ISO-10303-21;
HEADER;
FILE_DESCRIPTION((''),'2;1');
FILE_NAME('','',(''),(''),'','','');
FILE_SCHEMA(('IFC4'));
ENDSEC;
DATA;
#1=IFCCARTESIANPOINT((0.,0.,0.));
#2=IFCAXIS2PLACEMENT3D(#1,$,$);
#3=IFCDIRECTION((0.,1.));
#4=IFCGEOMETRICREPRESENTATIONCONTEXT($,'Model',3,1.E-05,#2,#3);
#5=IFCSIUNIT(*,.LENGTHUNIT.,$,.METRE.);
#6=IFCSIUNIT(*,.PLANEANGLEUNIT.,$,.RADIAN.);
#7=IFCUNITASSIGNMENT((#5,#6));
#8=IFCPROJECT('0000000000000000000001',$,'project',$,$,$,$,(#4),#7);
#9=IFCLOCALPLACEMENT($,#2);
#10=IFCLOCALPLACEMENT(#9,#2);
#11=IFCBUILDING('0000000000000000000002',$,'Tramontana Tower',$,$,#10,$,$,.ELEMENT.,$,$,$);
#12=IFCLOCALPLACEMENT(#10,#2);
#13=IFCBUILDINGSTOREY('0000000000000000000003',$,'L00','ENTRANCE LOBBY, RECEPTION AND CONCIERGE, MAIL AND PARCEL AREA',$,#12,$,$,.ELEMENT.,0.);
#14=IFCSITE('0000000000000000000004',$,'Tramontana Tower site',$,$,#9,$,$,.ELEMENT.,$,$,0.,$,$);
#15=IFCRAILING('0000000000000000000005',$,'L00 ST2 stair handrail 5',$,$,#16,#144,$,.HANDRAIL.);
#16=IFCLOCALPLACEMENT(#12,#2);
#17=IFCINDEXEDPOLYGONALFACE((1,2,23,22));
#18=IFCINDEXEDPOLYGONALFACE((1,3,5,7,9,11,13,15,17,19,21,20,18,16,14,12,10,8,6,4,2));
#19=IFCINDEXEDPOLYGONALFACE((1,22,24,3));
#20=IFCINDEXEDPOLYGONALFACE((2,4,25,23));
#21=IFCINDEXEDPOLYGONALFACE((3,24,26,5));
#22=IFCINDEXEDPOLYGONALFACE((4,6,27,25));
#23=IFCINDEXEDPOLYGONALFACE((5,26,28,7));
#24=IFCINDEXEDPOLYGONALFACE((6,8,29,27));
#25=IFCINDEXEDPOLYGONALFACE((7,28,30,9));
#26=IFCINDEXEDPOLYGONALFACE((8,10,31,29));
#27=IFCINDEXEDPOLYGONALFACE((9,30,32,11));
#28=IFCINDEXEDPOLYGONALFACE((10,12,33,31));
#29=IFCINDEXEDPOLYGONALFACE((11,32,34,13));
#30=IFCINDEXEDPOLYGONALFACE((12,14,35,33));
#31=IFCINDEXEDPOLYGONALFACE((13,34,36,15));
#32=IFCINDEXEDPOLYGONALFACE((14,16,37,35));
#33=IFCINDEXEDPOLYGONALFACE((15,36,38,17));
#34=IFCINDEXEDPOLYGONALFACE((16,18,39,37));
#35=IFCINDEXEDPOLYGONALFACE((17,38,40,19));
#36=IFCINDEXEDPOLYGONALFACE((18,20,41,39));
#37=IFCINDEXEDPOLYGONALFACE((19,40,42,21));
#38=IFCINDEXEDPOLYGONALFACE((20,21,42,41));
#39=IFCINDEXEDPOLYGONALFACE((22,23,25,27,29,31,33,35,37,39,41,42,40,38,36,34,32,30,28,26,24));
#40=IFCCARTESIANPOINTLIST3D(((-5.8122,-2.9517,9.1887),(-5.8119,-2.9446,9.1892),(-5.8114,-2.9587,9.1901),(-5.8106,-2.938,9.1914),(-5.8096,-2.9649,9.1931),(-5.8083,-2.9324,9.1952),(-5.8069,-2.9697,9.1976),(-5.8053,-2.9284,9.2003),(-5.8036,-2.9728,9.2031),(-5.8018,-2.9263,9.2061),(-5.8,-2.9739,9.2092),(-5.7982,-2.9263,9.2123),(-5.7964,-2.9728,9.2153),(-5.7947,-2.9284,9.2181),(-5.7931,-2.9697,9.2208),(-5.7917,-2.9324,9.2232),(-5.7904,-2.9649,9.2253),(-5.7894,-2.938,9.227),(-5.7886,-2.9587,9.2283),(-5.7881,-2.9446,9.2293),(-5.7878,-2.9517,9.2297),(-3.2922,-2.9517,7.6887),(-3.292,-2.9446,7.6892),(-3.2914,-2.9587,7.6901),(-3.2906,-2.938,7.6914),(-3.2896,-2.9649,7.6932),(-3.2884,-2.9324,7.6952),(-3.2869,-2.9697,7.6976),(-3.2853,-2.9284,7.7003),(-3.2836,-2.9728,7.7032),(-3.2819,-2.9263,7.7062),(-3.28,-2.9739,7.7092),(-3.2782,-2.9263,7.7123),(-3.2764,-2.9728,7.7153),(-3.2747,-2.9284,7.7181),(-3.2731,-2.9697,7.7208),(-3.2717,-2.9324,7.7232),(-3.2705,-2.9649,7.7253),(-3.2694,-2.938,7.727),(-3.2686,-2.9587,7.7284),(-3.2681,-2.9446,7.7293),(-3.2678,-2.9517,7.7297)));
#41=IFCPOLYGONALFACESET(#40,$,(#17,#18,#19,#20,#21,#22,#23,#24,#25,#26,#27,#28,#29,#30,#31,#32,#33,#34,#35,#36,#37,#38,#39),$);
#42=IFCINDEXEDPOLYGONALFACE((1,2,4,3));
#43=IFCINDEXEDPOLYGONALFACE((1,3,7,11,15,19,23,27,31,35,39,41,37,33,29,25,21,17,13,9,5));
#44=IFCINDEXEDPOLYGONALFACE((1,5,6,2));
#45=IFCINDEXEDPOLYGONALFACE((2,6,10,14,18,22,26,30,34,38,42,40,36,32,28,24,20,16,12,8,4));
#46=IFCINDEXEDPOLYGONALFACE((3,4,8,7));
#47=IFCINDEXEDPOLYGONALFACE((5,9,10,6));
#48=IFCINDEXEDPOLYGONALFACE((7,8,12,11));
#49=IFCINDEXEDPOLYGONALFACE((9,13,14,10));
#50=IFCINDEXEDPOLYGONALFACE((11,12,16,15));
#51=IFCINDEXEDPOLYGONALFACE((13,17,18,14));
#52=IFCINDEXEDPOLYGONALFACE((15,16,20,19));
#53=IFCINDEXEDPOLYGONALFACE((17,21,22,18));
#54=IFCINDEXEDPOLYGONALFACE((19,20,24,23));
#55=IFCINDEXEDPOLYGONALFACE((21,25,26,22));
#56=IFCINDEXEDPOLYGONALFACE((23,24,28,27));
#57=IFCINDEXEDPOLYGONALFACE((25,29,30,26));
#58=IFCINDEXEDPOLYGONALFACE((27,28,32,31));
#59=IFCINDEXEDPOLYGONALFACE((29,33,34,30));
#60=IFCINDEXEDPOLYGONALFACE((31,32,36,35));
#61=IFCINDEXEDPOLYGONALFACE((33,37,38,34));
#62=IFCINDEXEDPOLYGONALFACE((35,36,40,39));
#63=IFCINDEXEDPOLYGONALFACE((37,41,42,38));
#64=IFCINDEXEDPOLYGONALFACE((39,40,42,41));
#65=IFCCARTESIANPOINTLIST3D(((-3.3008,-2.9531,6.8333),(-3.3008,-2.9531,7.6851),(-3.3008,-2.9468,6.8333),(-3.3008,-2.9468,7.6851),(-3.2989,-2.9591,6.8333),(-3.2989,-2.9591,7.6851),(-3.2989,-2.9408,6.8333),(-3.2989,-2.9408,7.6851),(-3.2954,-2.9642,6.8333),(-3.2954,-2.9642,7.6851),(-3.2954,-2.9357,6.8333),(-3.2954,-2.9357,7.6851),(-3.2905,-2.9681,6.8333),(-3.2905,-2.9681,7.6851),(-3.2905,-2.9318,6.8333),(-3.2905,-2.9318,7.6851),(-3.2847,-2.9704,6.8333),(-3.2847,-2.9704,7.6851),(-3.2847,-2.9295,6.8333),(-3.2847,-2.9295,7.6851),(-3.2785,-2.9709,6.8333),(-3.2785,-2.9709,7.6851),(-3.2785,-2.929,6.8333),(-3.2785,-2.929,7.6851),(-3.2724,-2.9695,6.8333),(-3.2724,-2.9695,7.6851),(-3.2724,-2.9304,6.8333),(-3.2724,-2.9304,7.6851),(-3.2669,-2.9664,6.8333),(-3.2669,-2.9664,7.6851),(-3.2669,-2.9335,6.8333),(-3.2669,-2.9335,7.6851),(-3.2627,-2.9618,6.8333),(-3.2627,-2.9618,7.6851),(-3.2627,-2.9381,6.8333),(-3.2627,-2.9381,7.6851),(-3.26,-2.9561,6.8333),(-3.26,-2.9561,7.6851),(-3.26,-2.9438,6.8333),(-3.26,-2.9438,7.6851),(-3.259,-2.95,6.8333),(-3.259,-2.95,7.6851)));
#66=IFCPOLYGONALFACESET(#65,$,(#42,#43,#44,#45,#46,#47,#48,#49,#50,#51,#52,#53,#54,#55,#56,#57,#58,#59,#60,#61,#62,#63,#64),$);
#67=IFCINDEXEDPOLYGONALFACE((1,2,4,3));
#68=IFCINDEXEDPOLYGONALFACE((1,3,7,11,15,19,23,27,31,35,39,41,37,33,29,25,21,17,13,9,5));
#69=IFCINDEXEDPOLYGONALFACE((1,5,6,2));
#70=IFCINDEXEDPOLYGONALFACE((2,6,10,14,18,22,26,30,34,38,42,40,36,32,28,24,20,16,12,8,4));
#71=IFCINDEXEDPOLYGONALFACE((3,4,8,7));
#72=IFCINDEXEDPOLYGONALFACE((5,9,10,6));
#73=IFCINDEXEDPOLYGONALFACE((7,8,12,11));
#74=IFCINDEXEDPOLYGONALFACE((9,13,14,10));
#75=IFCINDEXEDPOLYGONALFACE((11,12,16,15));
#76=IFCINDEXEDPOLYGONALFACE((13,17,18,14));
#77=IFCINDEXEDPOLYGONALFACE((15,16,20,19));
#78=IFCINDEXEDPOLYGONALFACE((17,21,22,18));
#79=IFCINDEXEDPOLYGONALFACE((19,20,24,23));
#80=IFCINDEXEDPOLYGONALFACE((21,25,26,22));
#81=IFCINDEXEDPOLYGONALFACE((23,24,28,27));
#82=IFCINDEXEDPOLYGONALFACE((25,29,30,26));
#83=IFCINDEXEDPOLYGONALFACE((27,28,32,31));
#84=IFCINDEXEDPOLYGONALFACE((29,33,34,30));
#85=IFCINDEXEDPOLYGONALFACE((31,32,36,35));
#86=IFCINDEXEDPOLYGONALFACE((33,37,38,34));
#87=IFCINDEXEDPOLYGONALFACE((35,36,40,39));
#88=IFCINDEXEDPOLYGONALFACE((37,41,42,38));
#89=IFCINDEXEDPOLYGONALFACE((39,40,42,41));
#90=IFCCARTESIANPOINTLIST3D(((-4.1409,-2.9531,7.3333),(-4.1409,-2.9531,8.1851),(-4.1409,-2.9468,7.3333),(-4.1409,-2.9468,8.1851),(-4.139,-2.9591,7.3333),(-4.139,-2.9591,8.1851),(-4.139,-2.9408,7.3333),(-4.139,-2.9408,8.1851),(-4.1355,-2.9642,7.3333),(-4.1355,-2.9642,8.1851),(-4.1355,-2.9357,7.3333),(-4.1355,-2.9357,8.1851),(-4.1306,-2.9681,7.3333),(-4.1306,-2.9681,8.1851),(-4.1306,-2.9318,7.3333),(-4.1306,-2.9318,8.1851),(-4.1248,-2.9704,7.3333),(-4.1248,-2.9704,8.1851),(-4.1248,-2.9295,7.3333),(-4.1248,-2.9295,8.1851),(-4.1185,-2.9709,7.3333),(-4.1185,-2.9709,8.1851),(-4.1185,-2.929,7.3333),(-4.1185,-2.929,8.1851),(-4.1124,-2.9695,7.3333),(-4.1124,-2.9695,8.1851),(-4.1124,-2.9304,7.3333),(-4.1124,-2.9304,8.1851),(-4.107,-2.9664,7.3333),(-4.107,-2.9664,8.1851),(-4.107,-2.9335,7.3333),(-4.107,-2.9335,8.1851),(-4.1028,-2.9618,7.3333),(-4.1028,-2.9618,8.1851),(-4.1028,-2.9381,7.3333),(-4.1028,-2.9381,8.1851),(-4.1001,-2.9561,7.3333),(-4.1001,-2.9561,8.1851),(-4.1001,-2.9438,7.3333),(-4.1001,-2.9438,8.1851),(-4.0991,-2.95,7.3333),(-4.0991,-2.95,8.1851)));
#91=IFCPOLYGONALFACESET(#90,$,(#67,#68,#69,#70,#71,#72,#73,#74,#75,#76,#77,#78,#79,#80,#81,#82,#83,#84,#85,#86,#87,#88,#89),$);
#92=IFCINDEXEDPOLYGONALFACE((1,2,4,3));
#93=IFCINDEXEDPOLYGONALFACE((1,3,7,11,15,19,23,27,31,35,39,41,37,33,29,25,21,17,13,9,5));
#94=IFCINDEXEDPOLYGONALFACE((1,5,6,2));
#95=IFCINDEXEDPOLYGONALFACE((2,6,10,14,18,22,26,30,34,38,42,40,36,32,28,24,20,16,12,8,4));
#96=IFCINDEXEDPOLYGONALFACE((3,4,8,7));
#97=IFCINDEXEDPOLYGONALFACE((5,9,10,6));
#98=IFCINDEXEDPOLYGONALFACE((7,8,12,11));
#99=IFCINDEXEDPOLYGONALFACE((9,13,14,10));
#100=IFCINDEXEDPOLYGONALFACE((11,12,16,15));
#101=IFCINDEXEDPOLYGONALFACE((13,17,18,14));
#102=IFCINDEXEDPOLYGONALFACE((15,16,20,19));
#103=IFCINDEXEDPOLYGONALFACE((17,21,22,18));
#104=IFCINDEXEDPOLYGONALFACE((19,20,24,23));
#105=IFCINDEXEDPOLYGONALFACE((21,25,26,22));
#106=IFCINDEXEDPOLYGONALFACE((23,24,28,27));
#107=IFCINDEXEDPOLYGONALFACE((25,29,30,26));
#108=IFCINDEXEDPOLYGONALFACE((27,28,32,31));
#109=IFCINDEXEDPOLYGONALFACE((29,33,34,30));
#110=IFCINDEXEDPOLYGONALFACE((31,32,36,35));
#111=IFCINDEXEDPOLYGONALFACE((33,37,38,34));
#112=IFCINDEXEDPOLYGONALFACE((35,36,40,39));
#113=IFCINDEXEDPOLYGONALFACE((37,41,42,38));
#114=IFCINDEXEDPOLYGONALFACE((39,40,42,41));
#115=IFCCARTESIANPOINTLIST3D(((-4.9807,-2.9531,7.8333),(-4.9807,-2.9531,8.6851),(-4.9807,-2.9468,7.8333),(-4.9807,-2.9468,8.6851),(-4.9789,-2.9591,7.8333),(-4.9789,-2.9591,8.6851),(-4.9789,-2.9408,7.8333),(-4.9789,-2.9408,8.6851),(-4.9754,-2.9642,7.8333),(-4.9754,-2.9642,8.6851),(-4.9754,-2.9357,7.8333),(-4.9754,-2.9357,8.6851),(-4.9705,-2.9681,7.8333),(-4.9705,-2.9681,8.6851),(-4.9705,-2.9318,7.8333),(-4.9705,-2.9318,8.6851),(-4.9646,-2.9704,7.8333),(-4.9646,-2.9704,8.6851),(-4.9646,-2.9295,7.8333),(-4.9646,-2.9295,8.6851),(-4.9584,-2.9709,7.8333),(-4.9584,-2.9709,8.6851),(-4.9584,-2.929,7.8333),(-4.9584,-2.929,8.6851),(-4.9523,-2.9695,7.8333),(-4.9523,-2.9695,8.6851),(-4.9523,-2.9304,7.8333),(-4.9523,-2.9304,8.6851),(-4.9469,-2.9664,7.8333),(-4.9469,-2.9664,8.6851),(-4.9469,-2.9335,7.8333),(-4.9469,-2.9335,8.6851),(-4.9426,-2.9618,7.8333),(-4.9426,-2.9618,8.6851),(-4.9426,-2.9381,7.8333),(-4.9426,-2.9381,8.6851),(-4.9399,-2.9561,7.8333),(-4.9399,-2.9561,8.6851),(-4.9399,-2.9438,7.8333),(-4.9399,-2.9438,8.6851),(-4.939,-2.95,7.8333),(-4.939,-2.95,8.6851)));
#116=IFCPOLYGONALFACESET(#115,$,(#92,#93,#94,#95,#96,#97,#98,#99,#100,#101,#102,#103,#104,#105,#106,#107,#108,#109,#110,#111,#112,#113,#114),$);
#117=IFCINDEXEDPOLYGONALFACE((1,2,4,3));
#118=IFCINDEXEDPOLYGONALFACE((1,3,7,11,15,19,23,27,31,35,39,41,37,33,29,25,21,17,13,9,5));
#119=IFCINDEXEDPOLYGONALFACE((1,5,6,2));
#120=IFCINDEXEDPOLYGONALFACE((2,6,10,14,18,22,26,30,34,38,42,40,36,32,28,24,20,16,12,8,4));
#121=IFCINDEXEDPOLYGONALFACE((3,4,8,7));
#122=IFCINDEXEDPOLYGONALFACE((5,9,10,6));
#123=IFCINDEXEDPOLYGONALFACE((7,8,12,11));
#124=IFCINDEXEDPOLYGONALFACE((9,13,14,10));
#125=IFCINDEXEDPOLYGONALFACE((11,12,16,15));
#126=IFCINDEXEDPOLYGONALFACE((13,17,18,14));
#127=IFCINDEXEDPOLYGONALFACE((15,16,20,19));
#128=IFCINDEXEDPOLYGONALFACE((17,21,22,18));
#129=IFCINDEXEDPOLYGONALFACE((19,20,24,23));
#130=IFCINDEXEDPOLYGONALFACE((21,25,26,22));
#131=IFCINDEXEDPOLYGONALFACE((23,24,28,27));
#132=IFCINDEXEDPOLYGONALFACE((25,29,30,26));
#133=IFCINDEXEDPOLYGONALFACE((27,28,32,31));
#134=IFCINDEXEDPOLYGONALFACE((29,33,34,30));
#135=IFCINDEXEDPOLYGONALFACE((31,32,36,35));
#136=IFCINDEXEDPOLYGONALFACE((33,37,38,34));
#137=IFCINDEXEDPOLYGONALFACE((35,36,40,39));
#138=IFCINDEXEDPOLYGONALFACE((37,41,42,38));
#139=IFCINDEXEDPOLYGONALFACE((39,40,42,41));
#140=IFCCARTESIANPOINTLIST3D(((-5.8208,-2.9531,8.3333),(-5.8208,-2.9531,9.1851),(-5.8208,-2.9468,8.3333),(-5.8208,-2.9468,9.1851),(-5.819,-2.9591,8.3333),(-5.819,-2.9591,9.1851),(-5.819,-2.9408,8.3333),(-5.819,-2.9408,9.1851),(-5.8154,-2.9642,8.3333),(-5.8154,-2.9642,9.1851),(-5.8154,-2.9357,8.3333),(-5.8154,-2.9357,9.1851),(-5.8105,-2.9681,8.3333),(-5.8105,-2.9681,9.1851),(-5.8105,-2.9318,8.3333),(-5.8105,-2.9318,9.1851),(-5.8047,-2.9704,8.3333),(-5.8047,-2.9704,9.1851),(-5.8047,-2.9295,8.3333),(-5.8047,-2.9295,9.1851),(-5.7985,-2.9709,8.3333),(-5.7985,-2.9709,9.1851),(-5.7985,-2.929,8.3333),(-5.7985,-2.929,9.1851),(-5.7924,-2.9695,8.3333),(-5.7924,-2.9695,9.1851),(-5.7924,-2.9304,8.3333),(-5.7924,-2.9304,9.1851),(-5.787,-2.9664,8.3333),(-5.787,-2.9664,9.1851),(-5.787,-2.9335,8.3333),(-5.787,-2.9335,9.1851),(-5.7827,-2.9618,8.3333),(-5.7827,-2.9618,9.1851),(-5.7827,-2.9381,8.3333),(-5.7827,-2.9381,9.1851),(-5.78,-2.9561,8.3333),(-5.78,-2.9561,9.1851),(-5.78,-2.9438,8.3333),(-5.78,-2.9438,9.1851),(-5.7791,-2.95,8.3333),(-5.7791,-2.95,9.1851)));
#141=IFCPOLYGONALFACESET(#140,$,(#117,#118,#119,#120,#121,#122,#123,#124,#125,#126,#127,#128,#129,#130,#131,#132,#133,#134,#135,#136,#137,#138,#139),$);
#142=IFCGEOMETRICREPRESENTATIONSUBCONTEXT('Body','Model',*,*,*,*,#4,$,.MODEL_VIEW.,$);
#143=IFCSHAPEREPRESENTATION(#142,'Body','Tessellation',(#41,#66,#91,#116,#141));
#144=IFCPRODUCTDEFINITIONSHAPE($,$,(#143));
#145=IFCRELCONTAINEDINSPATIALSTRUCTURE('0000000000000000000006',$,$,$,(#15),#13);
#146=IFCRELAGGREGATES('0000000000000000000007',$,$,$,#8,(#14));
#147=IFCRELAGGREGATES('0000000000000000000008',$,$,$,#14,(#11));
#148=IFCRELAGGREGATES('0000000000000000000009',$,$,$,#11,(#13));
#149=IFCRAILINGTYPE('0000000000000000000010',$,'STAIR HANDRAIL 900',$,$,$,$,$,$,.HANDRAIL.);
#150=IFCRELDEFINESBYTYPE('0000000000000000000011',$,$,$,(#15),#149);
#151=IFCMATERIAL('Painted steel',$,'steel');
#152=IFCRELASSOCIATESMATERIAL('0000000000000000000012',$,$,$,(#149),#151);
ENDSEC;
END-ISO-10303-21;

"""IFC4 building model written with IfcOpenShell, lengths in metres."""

from ifc_helpers import new_model, si_unit, direction, frame, origin, origin_2d, place, context, subcontext, project, spatial, circle, extrude, material, type_object, element, save


model = new_model("IFC4")

# Units and contexts
model_context = context("Model", 3, precision=1e-05, world=origin(), true_north=direction((0.0, 1.0)))
body_context = subcontext(model_context, "Body", "Model", "MODEL_VIEW")
ifc_project = project(units=[si_unit("LENGTHUNIT", "METRE"), si_unit("PLANEANGLEUNIT", "RADIAN")], contexts=[model_context])

# Site, building, storey
site_placement = place(None, origin())
site = spatial("IfcSite", under=ifc_project, at=site_placement, Name="Tramontana Tower site", CompositionType="ELEMENT", RefElevation=0.0)
building_placement = place(site_placement, origin())
building = spatial("IfcBuilding", under=site, at=building_placement, Name="Tramontana Tower", CompositionType="ELEMENT")
storey_placement = place(building_placement, origin())
storey = spatial("IfcBuildingStorey", under=building, at=storey_placement, Name="L00", Description="ENTRANCE LOBBY, RECEPTION AND CONCIERGE, MAIL AND PARCEL AREA", CompositionType="ELEMENT", Elevation=0.0)

# Railing
ifc_material_1 = material(Name="Painted steel", Category="steel")
railing_type_1 = type_object("IfcRailingType", Name="STAIR HANDRAIL 900", PredefinedType="HANDRAIL", material=ifc_material_1)
for number, where, name in (
    (1, (-3.28, -2.95, 6.8333), "L00 ST2 stair handrail 5"),
):
    element("IfcRailing", number, at=place(storey_placement, frame(where)), inside=storey, type_object=railing_type_1, Name=name, PredefinedType="HANDRAIL", context=body_context, shape_type="SweptSolid", body=[
        extrude(circle(Radius=0.0239, at=origin_2d()), frame((0.0, 0.0, 0.876), z_axis=(-0.859295, 0.0, 0.511481), x_axis=(0.0, -1.0, 0.0)), (0.0, 0.0, 1.0), 2.9326),
        extrude(circle(Radius=0.021, at=origin_2d()), origin(), (0.0, 0.0, 1.0), 0.8518),
        extrude(circle(Radius=0.021, at=origin_2d()), frame((-0.8401, 0.0, 0.5)), (0.0, 0.0, 1.0), 0.8518),
        extrude(circle(Radius=0.021, at=origin_2d()), frame((-1.6799, 0.0, 1.0)), (0.0, 0.0, 1.0), 0.8518),
        extrude(circle(Radius=0.021, at=origin_2d()), frame((-2.52, 0.0, 1.5)), (0.0, 0.0, 1.0), 0.8518),
    ])

save(model, "model.ifc")
